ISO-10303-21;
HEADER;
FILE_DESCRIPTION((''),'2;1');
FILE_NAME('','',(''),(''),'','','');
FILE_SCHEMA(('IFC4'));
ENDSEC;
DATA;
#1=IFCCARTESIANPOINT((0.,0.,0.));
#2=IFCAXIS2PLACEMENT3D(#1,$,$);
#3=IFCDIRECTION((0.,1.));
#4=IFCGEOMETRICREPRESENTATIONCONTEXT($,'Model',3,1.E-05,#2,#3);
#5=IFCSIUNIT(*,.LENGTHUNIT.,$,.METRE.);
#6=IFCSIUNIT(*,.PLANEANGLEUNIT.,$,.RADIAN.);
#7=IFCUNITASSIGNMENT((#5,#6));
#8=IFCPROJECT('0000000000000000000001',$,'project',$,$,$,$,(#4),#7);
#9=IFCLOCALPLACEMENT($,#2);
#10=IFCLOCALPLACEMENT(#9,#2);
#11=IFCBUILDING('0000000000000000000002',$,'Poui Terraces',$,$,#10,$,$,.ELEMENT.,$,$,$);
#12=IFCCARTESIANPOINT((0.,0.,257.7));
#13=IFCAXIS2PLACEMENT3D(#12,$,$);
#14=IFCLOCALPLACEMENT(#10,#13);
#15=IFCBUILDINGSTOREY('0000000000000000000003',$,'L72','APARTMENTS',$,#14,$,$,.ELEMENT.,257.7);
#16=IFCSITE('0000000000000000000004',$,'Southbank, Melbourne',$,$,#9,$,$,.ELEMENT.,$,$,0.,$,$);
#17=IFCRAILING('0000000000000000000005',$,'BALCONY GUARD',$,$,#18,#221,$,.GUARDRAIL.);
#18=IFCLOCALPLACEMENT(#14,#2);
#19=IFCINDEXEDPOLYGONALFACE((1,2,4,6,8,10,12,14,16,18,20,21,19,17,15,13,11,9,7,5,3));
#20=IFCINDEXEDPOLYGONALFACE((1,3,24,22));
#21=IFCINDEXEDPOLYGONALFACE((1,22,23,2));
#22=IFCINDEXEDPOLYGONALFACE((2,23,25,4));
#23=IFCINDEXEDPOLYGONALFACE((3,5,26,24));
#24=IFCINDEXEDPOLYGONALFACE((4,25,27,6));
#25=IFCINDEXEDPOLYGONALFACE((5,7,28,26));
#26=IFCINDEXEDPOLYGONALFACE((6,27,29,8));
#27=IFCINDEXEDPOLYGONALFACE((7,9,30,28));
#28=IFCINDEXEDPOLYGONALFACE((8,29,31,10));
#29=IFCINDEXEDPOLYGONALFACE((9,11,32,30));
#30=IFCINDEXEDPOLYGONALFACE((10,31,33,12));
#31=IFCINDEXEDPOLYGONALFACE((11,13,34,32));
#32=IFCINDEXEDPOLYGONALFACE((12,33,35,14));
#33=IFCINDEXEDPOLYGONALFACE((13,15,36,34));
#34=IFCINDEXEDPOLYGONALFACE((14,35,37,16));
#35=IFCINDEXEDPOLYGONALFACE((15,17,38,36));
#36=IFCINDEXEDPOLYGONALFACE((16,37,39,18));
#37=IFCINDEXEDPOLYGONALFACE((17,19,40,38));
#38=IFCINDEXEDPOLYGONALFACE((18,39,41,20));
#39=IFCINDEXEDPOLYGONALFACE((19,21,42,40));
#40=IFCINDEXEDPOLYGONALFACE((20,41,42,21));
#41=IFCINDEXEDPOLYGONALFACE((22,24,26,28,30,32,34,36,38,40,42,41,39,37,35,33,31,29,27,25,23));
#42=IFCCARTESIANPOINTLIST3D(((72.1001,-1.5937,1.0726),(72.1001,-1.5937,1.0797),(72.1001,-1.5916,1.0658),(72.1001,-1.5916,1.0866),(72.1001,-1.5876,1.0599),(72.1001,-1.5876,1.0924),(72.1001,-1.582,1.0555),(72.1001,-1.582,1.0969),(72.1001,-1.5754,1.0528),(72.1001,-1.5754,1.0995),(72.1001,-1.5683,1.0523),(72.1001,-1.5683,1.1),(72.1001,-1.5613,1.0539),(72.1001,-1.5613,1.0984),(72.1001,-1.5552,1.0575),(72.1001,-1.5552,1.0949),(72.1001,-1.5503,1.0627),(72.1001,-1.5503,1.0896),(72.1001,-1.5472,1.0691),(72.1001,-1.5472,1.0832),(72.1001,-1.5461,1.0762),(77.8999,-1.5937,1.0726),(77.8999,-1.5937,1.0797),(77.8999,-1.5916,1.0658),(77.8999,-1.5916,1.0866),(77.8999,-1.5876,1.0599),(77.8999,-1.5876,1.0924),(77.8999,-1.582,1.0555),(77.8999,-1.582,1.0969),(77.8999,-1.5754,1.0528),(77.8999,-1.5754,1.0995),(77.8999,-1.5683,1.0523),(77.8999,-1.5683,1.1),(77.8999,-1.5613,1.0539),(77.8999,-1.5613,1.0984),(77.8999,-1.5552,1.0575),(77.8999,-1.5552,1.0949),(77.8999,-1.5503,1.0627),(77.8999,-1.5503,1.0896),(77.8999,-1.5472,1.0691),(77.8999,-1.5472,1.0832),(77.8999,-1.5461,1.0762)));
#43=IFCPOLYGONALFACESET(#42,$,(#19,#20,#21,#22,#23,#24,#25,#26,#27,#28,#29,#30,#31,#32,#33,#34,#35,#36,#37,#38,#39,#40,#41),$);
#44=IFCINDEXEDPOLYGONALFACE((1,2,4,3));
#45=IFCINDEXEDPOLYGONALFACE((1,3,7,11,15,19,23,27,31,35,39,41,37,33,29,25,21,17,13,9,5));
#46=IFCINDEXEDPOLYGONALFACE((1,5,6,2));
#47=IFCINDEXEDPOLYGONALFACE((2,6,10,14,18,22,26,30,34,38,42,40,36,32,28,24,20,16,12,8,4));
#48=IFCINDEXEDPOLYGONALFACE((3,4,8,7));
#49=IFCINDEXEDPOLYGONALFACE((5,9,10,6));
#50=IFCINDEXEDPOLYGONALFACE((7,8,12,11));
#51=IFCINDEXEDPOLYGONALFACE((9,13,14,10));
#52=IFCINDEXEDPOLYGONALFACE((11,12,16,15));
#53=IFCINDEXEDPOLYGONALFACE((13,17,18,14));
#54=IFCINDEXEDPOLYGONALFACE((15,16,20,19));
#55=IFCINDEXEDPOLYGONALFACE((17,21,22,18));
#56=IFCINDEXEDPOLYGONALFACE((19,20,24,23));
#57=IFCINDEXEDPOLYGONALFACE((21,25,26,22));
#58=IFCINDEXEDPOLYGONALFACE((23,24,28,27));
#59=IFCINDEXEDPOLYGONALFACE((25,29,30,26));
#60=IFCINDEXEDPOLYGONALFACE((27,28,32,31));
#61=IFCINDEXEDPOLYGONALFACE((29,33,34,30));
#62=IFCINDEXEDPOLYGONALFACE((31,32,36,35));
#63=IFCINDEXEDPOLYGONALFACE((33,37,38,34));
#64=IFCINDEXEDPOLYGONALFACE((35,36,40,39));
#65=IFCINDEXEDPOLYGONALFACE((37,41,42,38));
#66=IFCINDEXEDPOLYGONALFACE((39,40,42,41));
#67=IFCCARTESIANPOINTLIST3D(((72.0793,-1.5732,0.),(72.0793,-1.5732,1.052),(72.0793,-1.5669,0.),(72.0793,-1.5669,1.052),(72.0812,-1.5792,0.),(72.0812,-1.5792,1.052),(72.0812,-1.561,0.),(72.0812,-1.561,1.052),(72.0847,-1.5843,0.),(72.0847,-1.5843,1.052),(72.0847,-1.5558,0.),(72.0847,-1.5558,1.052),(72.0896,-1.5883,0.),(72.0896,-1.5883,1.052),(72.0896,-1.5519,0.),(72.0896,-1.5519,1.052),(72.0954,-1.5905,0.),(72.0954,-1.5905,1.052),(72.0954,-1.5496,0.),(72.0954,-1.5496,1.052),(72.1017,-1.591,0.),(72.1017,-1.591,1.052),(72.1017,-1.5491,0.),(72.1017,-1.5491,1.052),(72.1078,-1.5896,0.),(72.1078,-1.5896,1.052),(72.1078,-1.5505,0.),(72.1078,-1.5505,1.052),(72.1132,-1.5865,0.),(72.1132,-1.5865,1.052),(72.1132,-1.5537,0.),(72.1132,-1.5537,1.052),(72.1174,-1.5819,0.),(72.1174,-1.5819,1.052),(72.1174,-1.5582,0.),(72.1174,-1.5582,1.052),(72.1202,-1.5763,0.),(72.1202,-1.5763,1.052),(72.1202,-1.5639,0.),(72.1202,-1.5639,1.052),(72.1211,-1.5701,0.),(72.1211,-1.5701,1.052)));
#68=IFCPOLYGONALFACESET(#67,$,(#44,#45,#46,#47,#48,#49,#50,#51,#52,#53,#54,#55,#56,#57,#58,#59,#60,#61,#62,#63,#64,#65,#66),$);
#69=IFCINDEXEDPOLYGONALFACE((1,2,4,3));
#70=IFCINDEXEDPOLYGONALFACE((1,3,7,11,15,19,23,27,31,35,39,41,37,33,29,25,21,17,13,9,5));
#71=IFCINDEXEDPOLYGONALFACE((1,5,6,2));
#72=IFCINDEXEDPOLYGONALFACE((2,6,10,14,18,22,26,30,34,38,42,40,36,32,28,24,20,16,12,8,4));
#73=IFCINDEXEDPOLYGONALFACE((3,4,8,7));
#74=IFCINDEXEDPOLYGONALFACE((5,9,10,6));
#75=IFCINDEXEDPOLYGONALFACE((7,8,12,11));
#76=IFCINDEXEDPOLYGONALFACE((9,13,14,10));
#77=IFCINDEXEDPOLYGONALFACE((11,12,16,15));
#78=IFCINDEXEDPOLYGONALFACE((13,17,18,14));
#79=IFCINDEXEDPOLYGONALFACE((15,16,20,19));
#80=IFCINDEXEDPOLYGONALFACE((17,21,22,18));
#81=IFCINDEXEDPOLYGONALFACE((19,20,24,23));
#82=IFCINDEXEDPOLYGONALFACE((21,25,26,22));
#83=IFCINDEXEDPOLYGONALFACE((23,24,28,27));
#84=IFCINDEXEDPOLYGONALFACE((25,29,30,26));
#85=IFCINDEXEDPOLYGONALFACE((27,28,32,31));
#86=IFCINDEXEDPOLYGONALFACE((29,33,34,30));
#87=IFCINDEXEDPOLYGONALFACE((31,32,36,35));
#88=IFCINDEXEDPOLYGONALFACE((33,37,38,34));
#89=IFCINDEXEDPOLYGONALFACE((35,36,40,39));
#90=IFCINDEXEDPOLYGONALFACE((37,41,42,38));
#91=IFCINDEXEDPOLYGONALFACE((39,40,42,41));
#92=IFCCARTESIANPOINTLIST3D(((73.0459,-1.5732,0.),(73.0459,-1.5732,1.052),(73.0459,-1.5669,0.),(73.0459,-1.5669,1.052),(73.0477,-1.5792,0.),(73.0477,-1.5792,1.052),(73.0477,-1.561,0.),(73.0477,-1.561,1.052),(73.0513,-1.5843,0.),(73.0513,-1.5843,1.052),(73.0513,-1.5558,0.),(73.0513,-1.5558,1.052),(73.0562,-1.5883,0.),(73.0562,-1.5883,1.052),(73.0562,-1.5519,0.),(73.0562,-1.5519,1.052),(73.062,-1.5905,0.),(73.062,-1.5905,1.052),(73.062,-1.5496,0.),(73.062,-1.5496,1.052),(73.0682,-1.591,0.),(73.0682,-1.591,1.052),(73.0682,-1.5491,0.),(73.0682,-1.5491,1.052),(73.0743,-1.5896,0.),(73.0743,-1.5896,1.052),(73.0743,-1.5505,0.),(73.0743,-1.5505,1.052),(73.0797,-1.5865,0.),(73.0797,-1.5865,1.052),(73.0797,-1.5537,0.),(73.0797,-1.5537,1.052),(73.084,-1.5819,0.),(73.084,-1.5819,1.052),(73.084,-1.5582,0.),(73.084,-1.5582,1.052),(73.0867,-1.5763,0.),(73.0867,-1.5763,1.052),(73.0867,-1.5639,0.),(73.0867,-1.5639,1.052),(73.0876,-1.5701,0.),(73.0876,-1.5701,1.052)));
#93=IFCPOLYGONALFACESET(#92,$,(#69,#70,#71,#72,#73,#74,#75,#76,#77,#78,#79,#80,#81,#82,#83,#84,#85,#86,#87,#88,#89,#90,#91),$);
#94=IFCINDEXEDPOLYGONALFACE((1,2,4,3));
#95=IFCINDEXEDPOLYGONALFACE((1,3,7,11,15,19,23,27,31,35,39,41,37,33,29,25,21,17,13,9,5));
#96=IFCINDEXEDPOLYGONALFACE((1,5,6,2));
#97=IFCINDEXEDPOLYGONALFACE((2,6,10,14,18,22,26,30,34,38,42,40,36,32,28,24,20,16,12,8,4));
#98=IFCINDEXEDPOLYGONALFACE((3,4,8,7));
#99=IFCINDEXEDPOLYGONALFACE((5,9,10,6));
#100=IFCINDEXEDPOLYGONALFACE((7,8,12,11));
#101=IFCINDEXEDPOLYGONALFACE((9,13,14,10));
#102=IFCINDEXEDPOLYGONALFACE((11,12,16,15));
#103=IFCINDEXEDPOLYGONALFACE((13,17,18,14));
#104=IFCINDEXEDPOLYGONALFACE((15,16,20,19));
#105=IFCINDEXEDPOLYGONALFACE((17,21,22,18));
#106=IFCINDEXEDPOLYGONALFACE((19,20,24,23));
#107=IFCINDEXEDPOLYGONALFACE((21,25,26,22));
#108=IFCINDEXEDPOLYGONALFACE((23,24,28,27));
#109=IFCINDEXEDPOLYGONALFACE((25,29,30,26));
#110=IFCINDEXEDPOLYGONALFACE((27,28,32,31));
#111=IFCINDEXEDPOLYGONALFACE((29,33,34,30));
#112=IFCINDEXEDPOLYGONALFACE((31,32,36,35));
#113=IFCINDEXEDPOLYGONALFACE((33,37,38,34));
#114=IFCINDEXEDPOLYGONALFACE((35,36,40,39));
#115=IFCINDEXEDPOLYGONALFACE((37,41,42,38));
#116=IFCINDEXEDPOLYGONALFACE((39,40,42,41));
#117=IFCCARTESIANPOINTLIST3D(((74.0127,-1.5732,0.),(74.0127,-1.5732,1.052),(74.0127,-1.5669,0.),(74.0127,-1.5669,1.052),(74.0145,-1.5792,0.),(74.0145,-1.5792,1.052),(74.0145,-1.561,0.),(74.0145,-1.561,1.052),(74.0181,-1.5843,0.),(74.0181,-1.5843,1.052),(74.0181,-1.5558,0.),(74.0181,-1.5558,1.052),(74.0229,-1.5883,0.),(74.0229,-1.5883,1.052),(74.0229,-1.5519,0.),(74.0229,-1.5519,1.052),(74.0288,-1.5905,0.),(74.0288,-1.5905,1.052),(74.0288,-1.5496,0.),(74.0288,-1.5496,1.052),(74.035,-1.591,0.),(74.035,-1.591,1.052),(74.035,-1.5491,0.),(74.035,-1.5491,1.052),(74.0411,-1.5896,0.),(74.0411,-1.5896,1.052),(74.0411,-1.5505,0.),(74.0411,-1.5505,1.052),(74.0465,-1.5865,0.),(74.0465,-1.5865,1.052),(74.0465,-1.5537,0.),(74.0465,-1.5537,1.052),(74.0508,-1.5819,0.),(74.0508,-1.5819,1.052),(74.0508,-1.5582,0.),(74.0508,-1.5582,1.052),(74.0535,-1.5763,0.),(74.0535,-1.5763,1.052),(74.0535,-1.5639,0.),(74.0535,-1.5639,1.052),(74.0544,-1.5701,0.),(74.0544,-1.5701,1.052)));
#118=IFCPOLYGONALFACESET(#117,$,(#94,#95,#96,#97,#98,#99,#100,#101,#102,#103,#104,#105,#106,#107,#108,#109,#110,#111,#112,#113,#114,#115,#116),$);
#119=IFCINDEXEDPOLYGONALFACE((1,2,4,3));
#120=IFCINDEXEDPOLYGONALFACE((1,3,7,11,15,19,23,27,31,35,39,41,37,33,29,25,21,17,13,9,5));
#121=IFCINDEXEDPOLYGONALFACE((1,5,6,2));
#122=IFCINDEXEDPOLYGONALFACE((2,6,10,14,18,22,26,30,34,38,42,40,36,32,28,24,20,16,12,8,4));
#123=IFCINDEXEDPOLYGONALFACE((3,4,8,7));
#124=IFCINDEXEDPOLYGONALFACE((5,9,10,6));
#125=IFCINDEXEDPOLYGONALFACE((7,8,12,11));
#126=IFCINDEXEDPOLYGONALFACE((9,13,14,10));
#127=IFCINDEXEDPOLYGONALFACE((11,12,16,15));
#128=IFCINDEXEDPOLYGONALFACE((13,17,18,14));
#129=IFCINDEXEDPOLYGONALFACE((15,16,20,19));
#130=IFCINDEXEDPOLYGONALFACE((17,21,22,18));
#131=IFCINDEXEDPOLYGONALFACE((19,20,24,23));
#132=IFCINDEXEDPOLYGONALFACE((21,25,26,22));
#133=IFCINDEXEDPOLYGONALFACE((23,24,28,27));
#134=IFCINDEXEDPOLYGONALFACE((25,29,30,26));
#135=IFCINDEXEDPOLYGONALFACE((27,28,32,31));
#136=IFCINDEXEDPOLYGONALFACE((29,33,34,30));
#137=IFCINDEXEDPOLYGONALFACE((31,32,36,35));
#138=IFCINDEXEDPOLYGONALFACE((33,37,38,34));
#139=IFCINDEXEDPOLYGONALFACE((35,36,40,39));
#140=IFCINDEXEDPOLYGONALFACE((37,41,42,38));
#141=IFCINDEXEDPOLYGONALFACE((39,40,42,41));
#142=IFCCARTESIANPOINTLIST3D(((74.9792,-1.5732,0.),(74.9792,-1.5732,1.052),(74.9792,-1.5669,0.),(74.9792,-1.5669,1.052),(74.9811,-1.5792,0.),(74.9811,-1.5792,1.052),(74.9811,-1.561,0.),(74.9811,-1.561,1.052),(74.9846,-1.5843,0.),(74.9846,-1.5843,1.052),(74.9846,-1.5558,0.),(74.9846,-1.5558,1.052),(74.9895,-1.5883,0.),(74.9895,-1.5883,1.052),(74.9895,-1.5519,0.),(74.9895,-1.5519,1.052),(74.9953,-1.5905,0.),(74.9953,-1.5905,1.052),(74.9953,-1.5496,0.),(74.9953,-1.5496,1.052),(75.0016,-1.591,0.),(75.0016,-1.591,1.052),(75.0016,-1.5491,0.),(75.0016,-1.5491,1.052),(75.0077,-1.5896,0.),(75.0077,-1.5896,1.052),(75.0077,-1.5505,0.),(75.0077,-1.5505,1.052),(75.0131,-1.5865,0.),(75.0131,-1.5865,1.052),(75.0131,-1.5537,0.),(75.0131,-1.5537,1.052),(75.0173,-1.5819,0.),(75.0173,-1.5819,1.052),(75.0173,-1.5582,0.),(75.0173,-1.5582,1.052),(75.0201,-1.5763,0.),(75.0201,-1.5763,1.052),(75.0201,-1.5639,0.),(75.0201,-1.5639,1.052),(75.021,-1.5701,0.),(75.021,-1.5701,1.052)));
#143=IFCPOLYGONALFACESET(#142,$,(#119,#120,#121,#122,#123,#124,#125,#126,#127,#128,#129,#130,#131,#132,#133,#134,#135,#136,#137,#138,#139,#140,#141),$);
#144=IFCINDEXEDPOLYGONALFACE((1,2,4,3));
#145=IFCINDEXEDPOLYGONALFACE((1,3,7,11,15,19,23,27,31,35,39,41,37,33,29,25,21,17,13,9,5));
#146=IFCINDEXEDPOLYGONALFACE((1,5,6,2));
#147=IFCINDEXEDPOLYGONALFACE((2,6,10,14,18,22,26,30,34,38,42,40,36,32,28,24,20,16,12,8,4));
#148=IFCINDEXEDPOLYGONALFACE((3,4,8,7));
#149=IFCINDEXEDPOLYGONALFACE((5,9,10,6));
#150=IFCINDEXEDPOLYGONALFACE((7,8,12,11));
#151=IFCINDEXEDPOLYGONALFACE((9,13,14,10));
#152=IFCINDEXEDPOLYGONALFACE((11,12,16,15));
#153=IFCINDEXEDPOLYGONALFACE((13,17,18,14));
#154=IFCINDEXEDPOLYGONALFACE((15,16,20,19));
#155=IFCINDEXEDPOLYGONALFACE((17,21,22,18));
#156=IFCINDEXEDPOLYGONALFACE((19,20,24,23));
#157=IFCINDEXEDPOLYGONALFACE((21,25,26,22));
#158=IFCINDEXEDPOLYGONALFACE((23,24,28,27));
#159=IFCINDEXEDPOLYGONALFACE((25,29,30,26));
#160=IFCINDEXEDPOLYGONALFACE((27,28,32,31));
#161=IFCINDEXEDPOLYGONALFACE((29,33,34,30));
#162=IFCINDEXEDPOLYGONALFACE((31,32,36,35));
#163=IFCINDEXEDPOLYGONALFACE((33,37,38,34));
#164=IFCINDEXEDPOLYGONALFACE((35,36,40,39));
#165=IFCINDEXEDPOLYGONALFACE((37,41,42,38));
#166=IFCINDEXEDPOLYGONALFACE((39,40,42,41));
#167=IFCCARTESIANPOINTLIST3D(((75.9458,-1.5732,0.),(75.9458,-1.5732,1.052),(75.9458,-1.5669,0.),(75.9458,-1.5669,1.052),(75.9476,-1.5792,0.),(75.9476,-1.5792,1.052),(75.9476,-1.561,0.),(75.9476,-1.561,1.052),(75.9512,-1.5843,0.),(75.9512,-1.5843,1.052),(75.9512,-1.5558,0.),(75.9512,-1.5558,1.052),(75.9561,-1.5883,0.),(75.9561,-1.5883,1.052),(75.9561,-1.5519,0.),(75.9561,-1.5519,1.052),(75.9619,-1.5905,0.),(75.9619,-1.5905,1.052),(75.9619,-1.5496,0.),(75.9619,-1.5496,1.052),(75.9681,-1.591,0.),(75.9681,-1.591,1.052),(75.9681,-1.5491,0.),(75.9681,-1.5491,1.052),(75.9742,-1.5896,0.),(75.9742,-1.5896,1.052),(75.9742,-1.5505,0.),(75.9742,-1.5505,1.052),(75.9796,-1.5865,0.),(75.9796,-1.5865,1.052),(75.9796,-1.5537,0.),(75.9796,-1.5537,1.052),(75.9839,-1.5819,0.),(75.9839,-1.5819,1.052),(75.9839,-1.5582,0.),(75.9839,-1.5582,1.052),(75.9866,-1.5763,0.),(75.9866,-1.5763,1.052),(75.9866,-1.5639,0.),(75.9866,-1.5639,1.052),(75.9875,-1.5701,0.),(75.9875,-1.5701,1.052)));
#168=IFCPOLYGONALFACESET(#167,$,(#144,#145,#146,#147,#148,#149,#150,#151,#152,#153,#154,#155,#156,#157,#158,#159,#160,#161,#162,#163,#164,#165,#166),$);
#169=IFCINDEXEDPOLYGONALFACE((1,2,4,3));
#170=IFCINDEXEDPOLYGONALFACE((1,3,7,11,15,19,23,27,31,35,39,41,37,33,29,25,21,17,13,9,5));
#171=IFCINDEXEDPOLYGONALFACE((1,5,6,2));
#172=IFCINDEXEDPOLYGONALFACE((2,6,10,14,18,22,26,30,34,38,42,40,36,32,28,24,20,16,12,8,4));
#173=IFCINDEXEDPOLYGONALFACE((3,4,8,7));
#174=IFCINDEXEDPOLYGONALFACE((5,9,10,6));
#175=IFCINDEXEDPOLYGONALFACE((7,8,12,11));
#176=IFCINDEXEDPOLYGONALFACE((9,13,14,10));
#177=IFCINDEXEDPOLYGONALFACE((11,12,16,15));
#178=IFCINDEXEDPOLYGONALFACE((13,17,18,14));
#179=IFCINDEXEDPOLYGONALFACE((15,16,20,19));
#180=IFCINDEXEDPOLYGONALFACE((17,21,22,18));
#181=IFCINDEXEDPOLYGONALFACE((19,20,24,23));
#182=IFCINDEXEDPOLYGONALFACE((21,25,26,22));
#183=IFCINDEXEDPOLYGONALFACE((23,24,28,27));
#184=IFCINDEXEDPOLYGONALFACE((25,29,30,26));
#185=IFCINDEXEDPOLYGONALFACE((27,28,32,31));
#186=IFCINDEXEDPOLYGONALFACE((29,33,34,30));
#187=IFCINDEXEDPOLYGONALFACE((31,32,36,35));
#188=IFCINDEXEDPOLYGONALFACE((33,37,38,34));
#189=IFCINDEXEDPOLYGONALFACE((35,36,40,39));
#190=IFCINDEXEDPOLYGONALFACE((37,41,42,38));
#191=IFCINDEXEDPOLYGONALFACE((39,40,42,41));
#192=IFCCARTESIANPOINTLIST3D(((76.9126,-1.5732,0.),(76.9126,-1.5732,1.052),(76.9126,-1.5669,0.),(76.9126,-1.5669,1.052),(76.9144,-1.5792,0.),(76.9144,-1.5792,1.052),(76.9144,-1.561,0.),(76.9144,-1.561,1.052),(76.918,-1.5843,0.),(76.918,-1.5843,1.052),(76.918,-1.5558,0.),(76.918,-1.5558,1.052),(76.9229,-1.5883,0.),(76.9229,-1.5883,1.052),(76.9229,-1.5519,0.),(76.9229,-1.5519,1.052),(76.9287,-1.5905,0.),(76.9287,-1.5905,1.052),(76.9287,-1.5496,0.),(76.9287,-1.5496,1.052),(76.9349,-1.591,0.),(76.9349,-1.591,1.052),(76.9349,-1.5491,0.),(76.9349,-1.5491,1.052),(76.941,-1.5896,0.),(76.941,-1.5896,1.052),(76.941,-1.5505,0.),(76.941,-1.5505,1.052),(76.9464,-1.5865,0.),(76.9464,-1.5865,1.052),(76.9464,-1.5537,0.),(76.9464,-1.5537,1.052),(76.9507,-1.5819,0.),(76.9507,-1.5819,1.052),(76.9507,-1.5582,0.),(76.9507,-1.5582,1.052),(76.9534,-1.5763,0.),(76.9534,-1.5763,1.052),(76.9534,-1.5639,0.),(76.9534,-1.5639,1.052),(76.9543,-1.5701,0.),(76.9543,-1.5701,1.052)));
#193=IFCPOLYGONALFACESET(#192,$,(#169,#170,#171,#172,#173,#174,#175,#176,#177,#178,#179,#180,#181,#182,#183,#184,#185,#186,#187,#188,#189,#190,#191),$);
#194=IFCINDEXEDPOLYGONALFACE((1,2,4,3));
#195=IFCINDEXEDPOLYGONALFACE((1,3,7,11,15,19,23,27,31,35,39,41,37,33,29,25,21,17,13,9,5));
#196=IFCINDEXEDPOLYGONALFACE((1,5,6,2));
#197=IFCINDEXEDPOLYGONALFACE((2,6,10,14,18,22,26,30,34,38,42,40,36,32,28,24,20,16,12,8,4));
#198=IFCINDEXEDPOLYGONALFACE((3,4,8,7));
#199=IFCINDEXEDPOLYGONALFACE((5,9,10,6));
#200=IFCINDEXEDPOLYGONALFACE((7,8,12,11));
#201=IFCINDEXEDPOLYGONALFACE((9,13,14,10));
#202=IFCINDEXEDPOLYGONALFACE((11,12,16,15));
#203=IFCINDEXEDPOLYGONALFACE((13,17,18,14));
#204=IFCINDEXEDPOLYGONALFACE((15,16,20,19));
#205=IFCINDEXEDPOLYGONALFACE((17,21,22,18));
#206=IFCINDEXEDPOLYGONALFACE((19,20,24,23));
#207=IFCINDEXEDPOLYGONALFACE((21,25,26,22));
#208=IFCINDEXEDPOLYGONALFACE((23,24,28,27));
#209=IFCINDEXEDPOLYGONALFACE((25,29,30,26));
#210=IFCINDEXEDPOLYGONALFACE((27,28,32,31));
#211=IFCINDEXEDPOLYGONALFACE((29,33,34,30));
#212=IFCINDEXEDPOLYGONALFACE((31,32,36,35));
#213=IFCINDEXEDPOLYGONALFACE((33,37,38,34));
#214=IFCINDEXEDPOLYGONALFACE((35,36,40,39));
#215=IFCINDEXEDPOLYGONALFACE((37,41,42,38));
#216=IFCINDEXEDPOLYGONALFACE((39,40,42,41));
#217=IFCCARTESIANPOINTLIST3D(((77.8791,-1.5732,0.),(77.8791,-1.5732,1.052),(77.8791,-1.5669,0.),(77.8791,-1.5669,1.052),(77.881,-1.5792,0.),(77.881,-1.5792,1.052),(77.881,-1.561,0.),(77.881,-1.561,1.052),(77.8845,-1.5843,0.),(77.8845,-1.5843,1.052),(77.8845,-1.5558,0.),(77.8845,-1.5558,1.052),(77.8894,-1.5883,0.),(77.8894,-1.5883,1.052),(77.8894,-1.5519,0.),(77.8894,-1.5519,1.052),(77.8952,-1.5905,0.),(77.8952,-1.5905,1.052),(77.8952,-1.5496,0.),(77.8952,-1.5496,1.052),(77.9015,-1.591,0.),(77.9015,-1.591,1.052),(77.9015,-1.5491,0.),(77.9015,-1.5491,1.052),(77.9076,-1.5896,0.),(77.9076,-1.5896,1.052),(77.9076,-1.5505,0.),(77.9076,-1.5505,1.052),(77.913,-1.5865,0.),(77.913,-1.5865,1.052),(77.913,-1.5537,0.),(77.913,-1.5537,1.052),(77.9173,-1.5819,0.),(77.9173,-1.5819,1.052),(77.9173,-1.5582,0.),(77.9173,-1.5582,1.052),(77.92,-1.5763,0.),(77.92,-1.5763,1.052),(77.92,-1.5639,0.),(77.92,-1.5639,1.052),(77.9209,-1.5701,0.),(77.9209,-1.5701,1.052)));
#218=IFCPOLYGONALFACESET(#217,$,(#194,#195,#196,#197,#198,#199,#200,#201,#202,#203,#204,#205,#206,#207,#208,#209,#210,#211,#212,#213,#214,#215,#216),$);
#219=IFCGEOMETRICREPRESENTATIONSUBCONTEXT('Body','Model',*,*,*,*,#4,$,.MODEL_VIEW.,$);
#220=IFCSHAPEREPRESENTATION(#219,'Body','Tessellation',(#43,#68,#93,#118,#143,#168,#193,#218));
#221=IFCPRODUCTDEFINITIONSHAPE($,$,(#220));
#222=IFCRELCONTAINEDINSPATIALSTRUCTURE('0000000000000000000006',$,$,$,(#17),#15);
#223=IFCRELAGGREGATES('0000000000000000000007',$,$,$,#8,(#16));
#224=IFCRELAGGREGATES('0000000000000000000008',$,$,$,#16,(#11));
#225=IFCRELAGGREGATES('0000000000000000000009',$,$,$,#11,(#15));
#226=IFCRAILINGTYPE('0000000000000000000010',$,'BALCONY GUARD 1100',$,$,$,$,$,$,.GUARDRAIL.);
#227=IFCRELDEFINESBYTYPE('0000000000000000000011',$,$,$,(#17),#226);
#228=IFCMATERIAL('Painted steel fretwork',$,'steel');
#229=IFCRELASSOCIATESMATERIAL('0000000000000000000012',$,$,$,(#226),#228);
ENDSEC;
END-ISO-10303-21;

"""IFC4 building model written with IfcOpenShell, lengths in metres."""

from ifc_helpers import new_model, si_unit, direction, frame, origin, origin_2d, place, context, subcontext, project, spatial, circle, extrude, material, type_object, element, save


model = new_model("IFC4")

# Units and contexts
model_context = context("Model", 3, precision=1e-05, world=origin(), true_north=direction((0.0, 1.0)))
body_context = subcontext(model_context, "Body", "Model", "MODEL_VIEW")
ifc_project = project(units=[si_unit("LENGTHUNIT", "METRE"), si_unit("PLANEANGLEUNIT", "RADIAN")], contexts=[model_context])

# Site, building, storey
site_placement = place(None, origin())
site = spatial("IfcSite", under=ifc_project, at=site_placement, Name="Southbank, Melbourne", CompositionType="ELEMENT", RefElevation=0.0)
building_placement = place(site_placement, origin())
building = spatial("IfcBuilding", under=site, at=building_placement, Name="Poui Terraces", CompositionType="ELEMENT")
storey_placement = place(building_placement, frame((0.0, 0.0, 257.7)))
storey = spatial("IfcBuildingStorey", under=building, at=storey_placement, Name="L72", Description="APARTMENTS", CompositionType="ELEMENT", Elevation=257.7)

# Railing
ifc_material_1 = material(Name="Painted steel fretwork", Category="steel")
railing_type = type_object("IfcRailingType", Name="BALCONY GUARD 1100", PredefinedType="GUARDRAIL", material=ifc_material_1)
railing_placement = place(storey_placement, frame((72.1001, -1.5701, 0.0)))
element("IfcRailing", 1, at=railing_placement, inside=storey, type_object=railing_type, Name="BALCONY GUARD", PredefinedType="GUARDRAIL", context=body_context, shape_type="SweptSolid", body=[
    extrude(circle(Radius=0.0239, at=origin_2d()), frame((0.0, 0.0, 1.0762), z_axis=(1.0, 0.0, 0.0), x_axis=(0.0, 1.0, 0.0)), (0.0, 0.0, 1.0), 5.7998),
    extrude(circle(Radius=0.021, at=origin_2d()), origin(), (0.0, 0.0, 1.0), 1.052),
    extrude(circle(Radius=0.021, at=origin_2d()), frame((0.9666, 0.0, 0.0)), (0.0, 0.0, 1.0), 1.052),
    extrude(circle(Radius=0.021, at=origin_2d()), frame((1.9333, 0.0, 0.0)), (0.0, 0.0, 1.0), 1.052),
    extrude(circle(Radius=0.021, at=origin_2d()), frame((2.8999, 0.0, 0.0)), (0.0, 0.0, 1.0), 1.052),
    extrude(circle(Radius=0.021, at=origin_2d()), frame((3.8665, 0.0, 0.0)), (0.0, 0.0, 1.0), 1.052),
    extrude(circle(Radius=0.021, at=origin_2d()), frame((4.8333, 0.0, 0.0)), (0.0, 0.0, 1.0), 1.052),
    extrude(circle(Radius=0.021, at=origin_2d()), frame((5.7998, 0.0, 0.0)), (0.0, 0.0, 1.0), 1.052),
])

save(model, "model.ifc")
